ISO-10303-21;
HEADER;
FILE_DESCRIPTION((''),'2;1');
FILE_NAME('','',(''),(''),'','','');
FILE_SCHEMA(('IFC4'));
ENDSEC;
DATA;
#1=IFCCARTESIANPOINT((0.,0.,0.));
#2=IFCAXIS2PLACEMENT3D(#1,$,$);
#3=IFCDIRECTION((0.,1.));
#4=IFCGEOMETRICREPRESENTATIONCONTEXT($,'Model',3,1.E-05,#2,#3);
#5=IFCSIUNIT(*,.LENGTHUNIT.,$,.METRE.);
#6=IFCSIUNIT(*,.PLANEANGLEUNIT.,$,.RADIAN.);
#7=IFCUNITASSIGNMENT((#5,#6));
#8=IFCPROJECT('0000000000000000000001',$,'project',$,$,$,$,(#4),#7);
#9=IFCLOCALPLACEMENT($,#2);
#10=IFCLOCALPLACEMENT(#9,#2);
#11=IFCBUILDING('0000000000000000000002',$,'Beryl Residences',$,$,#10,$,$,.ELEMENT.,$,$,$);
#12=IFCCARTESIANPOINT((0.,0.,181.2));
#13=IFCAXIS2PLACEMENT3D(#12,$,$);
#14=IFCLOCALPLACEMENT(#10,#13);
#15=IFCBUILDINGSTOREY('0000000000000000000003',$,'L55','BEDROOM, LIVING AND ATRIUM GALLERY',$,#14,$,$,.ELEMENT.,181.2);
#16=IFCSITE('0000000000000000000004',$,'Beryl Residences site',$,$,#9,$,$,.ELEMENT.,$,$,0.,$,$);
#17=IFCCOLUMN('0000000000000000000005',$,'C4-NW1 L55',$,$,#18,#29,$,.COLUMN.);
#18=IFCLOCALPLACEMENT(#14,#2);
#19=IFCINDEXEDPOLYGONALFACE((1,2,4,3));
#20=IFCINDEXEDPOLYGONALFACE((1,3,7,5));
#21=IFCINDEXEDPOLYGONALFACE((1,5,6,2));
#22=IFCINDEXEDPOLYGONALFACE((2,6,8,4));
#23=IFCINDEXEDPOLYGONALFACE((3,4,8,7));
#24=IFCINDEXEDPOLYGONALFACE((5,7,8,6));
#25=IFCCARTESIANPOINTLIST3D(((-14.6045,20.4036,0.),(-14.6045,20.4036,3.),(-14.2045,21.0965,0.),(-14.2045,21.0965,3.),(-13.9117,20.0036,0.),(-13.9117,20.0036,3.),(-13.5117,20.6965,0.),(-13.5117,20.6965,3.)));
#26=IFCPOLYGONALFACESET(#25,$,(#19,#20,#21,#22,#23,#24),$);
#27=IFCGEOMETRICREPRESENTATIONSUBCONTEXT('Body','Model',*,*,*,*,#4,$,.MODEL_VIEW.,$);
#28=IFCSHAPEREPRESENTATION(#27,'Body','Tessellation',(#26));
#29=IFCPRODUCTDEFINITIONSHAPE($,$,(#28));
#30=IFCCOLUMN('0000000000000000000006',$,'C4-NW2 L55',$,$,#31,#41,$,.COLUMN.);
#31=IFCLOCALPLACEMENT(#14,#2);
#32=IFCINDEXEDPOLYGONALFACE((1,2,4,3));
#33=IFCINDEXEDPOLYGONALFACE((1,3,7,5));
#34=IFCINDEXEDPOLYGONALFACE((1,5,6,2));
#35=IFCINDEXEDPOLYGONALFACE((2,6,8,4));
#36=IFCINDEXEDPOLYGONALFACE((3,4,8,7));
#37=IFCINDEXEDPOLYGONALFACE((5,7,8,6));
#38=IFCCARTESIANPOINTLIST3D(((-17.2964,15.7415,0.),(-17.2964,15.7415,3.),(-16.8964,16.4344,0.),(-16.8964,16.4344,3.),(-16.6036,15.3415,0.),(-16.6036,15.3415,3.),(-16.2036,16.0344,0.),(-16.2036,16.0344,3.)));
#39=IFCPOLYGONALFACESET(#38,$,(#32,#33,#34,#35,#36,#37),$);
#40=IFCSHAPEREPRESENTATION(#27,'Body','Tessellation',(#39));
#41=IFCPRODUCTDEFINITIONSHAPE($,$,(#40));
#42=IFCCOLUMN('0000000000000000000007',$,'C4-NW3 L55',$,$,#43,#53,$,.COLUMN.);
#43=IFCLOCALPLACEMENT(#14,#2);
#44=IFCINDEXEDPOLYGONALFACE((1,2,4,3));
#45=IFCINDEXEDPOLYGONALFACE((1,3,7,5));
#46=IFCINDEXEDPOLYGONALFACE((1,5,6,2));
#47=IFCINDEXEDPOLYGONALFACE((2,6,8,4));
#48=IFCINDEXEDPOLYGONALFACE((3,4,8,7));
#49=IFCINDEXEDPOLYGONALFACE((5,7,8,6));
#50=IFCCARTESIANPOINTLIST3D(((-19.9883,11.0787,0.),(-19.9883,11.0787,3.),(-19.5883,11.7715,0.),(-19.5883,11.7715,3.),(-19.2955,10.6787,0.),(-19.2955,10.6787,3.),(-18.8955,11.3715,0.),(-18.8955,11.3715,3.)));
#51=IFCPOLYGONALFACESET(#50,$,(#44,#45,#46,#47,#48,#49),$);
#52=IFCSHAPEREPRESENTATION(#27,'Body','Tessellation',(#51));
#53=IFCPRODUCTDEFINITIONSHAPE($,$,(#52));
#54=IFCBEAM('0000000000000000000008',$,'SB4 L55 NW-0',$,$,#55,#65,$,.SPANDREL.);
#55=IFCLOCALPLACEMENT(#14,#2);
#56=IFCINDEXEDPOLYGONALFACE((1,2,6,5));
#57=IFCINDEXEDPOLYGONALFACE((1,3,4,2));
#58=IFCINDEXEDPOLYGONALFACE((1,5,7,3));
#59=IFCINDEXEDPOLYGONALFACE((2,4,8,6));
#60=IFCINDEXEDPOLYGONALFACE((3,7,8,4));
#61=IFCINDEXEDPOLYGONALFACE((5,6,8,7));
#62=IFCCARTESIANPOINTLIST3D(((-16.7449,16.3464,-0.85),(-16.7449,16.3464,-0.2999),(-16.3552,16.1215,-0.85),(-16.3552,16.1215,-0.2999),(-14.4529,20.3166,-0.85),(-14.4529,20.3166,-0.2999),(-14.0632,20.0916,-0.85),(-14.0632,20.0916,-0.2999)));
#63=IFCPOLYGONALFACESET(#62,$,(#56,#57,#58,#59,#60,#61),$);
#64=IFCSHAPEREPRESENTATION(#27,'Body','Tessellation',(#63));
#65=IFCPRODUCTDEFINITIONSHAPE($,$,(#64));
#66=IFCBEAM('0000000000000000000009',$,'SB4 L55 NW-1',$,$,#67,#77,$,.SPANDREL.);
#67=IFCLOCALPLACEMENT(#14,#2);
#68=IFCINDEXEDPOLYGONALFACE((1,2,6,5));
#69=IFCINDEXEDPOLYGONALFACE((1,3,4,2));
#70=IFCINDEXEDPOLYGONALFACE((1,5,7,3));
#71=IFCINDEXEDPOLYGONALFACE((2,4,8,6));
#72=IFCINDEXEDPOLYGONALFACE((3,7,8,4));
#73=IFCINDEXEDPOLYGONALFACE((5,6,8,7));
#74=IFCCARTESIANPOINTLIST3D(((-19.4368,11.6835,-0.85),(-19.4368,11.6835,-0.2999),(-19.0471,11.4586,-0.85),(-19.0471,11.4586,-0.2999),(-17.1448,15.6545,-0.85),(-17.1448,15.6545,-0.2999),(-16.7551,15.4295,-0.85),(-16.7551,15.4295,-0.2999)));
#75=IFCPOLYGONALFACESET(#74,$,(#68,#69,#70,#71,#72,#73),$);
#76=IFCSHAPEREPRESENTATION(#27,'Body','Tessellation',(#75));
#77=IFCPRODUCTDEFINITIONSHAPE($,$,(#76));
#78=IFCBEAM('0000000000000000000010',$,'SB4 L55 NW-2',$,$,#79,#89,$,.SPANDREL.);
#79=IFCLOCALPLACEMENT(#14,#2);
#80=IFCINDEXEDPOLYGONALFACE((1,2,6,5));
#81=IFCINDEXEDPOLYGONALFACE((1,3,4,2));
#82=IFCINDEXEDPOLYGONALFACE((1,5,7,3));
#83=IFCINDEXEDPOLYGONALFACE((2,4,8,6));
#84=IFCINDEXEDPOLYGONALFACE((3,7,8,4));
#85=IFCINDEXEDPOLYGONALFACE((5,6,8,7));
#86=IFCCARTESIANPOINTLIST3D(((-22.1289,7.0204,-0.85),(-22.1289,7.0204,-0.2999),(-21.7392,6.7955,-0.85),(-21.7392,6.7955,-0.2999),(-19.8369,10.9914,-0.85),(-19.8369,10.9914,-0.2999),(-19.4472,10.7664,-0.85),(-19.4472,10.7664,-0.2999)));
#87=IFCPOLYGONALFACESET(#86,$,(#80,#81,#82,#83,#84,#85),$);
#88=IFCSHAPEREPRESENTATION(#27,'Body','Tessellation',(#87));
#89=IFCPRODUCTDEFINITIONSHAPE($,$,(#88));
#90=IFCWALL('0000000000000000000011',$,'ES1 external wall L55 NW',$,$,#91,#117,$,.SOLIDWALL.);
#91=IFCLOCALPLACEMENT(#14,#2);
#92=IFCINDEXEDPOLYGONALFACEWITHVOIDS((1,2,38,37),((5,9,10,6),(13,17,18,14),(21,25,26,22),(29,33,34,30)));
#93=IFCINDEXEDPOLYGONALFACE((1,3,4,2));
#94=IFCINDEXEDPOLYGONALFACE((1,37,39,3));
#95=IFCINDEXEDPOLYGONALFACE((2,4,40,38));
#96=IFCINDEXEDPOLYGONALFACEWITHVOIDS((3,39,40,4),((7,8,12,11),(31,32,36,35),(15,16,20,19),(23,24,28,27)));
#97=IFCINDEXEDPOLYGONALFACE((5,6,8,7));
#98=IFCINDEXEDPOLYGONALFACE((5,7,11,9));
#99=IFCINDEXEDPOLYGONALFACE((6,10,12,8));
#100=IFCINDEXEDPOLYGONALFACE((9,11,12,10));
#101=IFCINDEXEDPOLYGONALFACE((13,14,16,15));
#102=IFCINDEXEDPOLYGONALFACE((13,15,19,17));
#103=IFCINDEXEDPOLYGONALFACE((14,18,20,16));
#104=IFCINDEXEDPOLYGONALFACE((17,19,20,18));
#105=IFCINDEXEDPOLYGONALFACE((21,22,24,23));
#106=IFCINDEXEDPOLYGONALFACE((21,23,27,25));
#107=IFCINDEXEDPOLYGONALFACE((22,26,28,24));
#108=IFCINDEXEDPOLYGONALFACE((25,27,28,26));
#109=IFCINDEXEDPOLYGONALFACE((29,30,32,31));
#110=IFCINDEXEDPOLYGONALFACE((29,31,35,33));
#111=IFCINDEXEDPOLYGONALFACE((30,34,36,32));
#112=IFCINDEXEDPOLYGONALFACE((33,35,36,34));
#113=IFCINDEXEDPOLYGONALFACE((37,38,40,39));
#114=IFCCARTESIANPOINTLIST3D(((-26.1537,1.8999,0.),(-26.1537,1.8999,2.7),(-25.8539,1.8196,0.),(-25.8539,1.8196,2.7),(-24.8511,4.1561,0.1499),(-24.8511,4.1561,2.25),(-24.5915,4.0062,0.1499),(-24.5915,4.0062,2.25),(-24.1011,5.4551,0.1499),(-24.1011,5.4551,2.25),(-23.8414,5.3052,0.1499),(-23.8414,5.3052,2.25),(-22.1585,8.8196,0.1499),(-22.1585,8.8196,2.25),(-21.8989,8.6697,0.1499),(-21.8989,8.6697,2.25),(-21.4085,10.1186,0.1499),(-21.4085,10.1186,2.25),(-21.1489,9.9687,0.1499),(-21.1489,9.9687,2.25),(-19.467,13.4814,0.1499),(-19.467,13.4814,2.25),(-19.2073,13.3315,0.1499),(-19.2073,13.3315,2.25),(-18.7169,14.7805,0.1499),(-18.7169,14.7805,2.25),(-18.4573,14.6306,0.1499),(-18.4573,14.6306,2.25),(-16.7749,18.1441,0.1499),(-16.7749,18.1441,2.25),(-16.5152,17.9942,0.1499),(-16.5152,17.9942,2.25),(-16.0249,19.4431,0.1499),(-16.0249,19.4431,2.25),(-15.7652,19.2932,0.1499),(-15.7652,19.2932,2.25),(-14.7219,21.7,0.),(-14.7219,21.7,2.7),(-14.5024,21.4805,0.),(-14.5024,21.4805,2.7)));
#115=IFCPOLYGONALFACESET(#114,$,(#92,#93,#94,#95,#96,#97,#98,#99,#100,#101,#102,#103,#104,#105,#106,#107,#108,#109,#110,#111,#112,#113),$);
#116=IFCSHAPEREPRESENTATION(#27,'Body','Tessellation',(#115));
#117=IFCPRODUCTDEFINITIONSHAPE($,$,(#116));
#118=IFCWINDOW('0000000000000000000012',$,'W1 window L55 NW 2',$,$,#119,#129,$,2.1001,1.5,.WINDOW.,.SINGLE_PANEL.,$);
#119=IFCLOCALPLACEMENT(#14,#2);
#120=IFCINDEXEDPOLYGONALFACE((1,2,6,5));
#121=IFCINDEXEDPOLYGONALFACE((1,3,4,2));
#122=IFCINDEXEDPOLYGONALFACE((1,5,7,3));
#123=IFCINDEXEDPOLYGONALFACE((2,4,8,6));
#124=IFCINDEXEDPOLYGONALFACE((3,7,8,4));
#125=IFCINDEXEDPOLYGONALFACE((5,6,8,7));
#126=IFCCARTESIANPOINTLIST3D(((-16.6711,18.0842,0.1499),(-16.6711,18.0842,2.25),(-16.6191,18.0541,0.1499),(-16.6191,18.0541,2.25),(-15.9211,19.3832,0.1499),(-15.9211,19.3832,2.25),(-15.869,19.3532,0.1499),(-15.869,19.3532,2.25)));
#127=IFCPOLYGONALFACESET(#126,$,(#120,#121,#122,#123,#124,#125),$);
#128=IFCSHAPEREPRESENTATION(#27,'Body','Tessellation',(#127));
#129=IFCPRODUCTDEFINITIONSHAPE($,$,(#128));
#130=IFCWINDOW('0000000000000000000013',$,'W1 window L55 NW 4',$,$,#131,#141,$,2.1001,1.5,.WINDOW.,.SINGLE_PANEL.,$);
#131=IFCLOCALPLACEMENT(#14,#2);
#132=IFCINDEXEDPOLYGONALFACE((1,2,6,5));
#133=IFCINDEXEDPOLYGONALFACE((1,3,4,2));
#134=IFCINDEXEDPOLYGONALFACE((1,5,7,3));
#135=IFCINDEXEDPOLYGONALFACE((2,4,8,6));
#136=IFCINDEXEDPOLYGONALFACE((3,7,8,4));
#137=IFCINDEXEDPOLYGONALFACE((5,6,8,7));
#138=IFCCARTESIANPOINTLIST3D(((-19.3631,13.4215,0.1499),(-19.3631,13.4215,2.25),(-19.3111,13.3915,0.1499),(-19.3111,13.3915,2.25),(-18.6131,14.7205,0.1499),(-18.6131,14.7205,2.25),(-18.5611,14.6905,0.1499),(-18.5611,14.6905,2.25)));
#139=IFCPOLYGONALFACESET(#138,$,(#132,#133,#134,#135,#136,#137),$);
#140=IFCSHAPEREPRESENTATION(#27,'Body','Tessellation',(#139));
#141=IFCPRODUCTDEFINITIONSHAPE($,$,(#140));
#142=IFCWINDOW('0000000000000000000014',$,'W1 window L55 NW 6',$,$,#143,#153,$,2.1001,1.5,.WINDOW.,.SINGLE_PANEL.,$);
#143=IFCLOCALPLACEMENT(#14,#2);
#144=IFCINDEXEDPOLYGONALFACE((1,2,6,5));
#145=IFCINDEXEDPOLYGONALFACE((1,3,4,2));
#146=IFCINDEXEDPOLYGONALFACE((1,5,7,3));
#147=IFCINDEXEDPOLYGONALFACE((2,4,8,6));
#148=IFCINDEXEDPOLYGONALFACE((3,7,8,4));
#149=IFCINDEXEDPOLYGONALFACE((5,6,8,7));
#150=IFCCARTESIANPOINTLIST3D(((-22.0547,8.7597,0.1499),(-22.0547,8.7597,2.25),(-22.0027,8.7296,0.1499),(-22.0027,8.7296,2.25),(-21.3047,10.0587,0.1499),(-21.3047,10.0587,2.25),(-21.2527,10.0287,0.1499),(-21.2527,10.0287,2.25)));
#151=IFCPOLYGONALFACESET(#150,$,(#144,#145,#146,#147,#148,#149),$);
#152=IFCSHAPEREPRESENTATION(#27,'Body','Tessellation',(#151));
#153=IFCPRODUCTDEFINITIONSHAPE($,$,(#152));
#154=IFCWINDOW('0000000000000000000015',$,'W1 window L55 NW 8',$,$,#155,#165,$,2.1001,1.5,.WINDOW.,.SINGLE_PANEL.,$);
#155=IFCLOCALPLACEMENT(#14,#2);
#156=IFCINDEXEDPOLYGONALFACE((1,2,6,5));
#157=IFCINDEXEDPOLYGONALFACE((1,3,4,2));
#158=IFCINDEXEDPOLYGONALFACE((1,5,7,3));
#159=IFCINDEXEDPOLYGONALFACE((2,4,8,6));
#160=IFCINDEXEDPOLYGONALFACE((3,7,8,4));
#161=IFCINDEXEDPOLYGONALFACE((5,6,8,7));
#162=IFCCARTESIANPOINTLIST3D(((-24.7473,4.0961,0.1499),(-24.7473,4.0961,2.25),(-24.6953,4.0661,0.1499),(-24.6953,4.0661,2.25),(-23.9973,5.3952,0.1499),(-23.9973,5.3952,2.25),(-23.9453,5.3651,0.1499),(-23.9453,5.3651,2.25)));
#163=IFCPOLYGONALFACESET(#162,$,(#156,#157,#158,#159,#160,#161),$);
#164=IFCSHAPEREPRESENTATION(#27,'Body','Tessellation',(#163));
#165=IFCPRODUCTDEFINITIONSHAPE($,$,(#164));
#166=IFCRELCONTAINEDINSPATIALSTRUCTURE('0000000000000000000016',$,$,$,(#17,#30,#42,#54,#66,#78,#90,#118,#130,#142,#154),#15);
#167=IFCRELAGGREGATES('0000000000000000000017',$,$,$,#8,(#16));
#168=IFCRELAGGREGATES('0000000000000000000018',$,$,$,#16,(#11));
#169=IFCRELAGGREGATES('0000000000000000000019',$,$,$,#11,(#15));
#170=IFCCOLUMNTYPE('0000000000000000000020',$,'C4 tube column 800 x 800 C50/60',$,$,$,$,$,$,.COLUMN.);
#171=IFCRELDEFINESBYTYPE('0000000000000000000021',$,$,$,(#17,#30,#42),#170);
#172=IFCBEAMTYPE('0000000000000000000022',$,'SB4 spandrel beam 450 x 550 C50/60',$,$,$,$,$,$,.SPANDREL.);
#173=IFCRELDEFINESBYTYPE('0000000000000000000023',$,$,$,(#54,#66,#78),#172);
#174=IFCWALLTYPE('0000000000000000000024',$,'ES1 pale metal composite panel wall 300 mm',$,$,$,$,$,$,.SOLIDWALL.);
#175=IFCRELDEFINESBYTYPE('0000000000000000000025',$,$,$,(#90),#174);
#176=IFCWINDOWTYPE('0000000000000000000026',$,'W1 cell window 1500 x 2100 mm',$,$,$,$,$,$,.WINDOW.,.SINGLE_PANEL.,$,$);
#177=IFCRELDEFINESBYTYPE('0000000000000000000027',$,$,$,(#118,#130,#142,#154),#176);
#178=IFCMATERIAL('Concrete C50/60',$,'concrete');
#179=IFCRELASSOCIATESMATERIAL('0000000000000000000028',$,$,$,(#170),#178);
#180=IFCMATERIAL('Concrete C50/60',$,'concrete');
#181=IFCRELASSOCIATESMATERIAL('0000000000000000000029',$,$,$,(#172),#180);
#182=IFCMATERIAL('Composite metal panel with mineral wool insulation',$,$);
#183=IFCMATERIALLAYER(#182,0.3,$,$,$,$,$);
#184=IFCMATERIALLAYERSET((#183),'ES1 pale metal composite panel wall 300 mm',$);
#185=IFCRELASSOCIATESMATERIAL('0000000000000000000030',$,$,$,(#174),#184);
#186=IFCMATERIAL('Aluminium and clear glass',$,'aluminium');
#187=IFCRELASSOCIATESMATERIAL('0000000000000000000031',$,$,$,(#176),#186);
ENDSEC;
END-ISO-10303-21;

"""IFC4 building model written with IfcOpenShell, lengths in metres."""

from ifc_helpers import new_model, si_unit, direction, frame, frame_2d, origin, origin_2d, place, context, subcontext, project, spatial, polyline, rectangle, outline, extrude, material, layer, layer_set, material_profile, profile_set, type_object, element, fill, save


model = new_model("IFC4")

# Units and contexts
model_context = context("Model", 3, precision=1e-05, world=origin(), true_north=direction((0.0, 1.0)))
body_context = subcontext(model_context, "Body", "Model", "MODEL_VIEW")
ifc_project = project(units=[si_unit("LENGTHUNIT", "METRE"), si_unit("PLANEANGLEUNIT", "RADIAN")], contexts=[model_context])

# Site, building, storey
site_placement = place(None, origin())
site = spatial("IfcSite", under=ifc_project, at=site_placement, Name="Beryl Residences site", CompositionType="ELEMENT", RefElevation=0.0)
building_placement = place(site_placement, origin())
building = spatial("IfcBuilding", under=site, at=building_placement, Name="Beryl Residences", CompositionType="ELEMENT")
storey_placement = place(building_placement, frame((0.0, 0.0, 181.2)))
storey = spatial("IfcBuildingStorey", under=building, at=storey_placement, Name="L55", Description="BEDROOM, LIVING AND ATRIUM GALLERY", CompositionType="ELEMENT", Elevation=181.2)

# Columns
ifc_material_1 = material(Name="Concrete C50/60", Category="concrete")
ifc_material_profile_1 = material_profile(ifc_material_1, rectangle(XDim=0.8, YDim=0.8, at=origin_2d()))
ifc_profile_set_1 = profile_set([ifc_material_profile_1], Name="Concrete C50/60")
column_type = type_object("IfcColumnType", Name="C4 tube column 800 x 800 C50/60", PredefinedType="COLUMN", material=ifc_profile_set_1)
for number, where, z_axis, x_axis, name in (
    (1, (-14.0581, 20.55, 0.0), (0.0, 0.0, 1.0), (-0.5, -0.866025, 0.0), "C4-NW1 L55"),
    (2, (-16.75, 15.8879, 0.0), (0.0, 0.0, 1.0), (-0.5, -0.866025, 0.0), "C4-NW2 L55"),
    (3, (-19.4419, 11.2251, 0.0), (0.0, 0.0, 1.0), (-0.5, -0.866025, 0.0), "C4-NW3 L55"),
):
    element("IfcColumn", number, at=place(storey_placement, frame(where, z_axis=z_axis, x_axis=x_axis)), inside=storey, type_object=column_type, Name=name, PredefinedType="COLUMN", context=body_context, shape_type="SweptSolid", body=[
        extrude(rectangle(XDim=0.8, YDim=0.8, at=origin_2d()), origin(), (0.0, 0.0, 1.0), 3.0),
    ])

# Beams
ifc_material_2 = material(Name="Concrete C50/60", Category="concrete")
ifc_material_profile_2 = material_profile(ifc_material_2, rectangle(XDim=0.45, YDim=0.55, at=origin_2d()))
ifc_profile_set_2 = profile_set([ifc_material_profile_2], Name="Concrete C50/60")
beam_type = type_object("IfcBeamType", Name="SB4 spandrel beam 450 x 550 C50/60", PredefinedType="SPANDREL", material=ifc_profile_set_2)
beam_placement = place(storey_placement, frame((-14.2581, 20.2041, -0.575), z_axis=(-0.499965, -0.866045, 0.0), x_axis=(0.866045, -0.499965, 0.0)))
element("IfcBeam", 4, at=beam_placement, inside=storey, type_object=beam_type, Name="SB4 L55 NW-0", PredefinedType="SPANDREL", context=body_context, shape_type="SweptSolid", body=[
    extrude(rectangle(XDim=0.45, YDim=0.55, at=origin_2d()), origin(), (0.0, 0.0, 1.0), 4.5842),
])
for number, where, z_axis, x_axis, name in (
    (5, (-16.95, 15.542, -0.575), (-0.499896, -0.866085, 0.0), (0.866085, -0.499896, 0.0), "SB4 L55 NW-1"),
    (6, (-19.6421, 10.8789, -0.575), (-0.499896, -0.866085, 0.0), (0.866085, -0.499896, 0.0), "SB4 L55 NW-2"),
):
    element("IfcBeam", number, at=place(storey_placement, frame(where, z_axis=z_axis, x_axis=x_axis)), inside=storey, type_object=beam_type, Name=name, PredefinedType="SPANDREL", context=body_context, shape_type="SweptSolid", body=[
        extrude(rectangle(XDim=0.45, YDim=0.55, at=origin_2d()), origin(), (0.0, 0.0, 1.0), 4.585),
    ])

# Wall, openings, windows
ifc_material_3 = material(Name="Composite metal panel with mineral wool insulation")
ifc_layer_1 = layer(ifc_material_3, 0.3)
ifc_layer_set_1 = layer_set([ifc_layer_1], Name="ES1 pale metal composite panel wall 300 mm")
wall_type_1 = type_object("IfcWallType", Name="ES1 pale metal composite panel wall 300 mm", PredefinedType="SOLIDWALL", material=ifc_layer_set_1)
wall_1_placement = place(storey_placement, frame((-14.592, 21.625, 0.0), z_axis=(0.0, 0.0, 1.0), x_axis=(-0.500011, -0.866019, 0.0)))
wall_1 = element("IfcWall", 7, at=wall_1_placement, inside=storey, type_object=wall_type_1, Name="ES1 external wall L55 NW", PredefinedType="SOLIDWALL", context=body_context, shape_type="SweptSolid", body=[
    extrude(outline(polyline([(0.0, -0.1499), (22.8633, -0.1499), (22.783, 0.1499), (0.0803, 0.1499), (0.0, -0.1499)])), origin(), (0.0, 0.0, 1.0), 2.7),
])
opening_1_placement = place(wall_1_placement, frame((2.606, 0.0, 0.1499)))
opening_1 = element("IfcOpeningElement", 8, at=opening_1_placement, cuts=wall_1, PredefinedType="OPENING", context=body_context, shape_type="SweptSolid", body=[
    extrude(rectangle(XDim=1.5, YDim=2.1001, at=frame_2d((0.75, 1.05))), frame((0.0, 0.1599, 0.0), z_axis=(0.0, -1.0, 0.0), x_axis=(1.0, 0.0, 0.0)), (0.0, 0.0, 1.0), 0.3201),
])
opening_2_placement = place(wall_1_placement, frame((7.99, 0.0, 0.1499)))
opening_2 = element("IfcOpeningElement", 9, at=opening_2_placement, cuts=wall_1, PredefinedType="OPENING", context=body_context, shape_type="SweptSolid", body=[
    extrude(rectangle(XDim=1.5, YDim=2.1001, at=frame_2d((0.75, 1.05))), frame((0.0, 0.1599, 0.0), z_axis=(0.0, -1.0, 0.0), x_axis=(1.0, 0.0, 0.0)), (0.0, 0.0, 1.0), 0.3201),
])
opening_3_placement = place(wall_1_placement, frame((13.373, 0.0, 0.1499)))
opening_3 = element("IfcOpeningElement", 10, at=opening_3_placement, cuts=wall_1, PredefinedType="OPENING", context=body_context, shape_type="SweptSolid", body=[
    extrude(rectangle(XDim=1.5, YDim=2.1001, at=frame_2d((0.75, 1.05))), frame((0.0, 0.1599, 0.0), z_axis=(0.0, -1.0, 0.0), x_axis=(1.0, 0.0, 0.0)), (0.0, 0.0, 1.0), 0.3201),
])
opening_4_placement = place(wall_1_placement, frame((18.7581, 0.0, 0.1499)))
opening_4 = element("IfcOpeningElement", 11, at=opening_4_placement, cuts=wall_1, PredefinedType="OPENING", context=body_context, shape_type="SweptSolid", body=[
    extrude(rectangle(XDim=1.5, YDim=2.1001, at=frame_2d((0.75, 1.05))), frame((0.0, 0.1599, 0.0), z_axis=(0.0, -1.0, 0.0), x_axis=(1.0, 0.0, 0.0)), (0.0, 0.0, 1.0), 0.3201),
])
ifc_material_4 = material(Name="Aluminium and clear glass", Category="aluminium")
window_type = type_object("IfcWindowType", Name="W1 cell window 1500 x 2100 mm", PartitioningType="SINGLE_PANEL", PredefinedType="WINDOW", material=ifc_material_4)
window_1_placement = place(opening_1_placement, origin())
window_1 = element("IfcWindow", 12, at=window_1_placement, inside=storey, type_object=window_type, Name="W1 window L55 NW 2", OverallHeight=2.1001, OverallWidth=1.5, PartitioningType="SINGLE_PANEL", PredefinedType="WINDOW", context=body_context, shape_type="SweptSolid", body=[
    extrude(rectangle(XDim=1.5, YDim=2.1001, at=frame_2d((0.75, 1.05))), frame((0.0, 0.03, 0.0), z_axis=(0.0, -1.0, 0.0), x_axis=(1.0, 0.0, 0.0)), (0.0, 0.0, 1.0), 0.0601),
])
fill(opening_1, window_1)
window_2_placement = place(opening_2_placement, origin())
window_2 = element("IfcWindow", 13, at=window_2_placement, inside=storey, type_object=window_type, Name="W1 window L55 NW 4", OverallHeight=2.1001, OverallWidth=1.5, PartitioningType="SINGLE_PANEL", PredefinedType="WINDOW", context=body_context, shape_type="SweptSolid", body=[
    extrude(rectangle(XDim=1.5, YDim=2.1001, at=frame_2d((0.75, 1.05))), frame((0.0, 0.03, 0.0), z_axis=(0.0, -1.0, 0.0), x_axis=(1.0, 0.0, 0.0)), (0.0, 0.0, 1.0), 0.0601),
])
fill(opening_2, window_2)
window_3_placement = place(opening_3_placement, origin())
window_3 = element("IfcWindow", 14, at=window_3_placement, inside=storey, type_object=window_type, Name="W1 window L55 NW 6", OverallHeight=2.1001, OverallWidth=1.5, PartitioningType="SINGLE_PANEL", PredefinedType="WINDOW", context=body_context, shape_type="SweptSolid", body=[
    extrude(rectangle(XDim=1.5, YDim=2.1001, at=frame_2d((0.75, 1.05))), frame((0.0, 0.03, 0.0), z_axis=(0.0, -1.0, 0.0), x_axis=(1.0, 0.0, 0.0)), (0.0, 0.0, 1.0), 0.0601),
])
fill(opening_3, window_3)
window_4_placement = place(opening_4_placement, origin())
window_4 = element("IfcWindow", 15, at=window_4_placement, inside=storey, type_object=window_type, Name="W1 window L55 NW 8", OverallHeight=2.1001, OverallWidth=1.5, PartitioningType="SINGLE_PANEL", PredefinedType="WINDOW", context=body_context, shape_type="SweptSolid", body=[
    extrude(rectangle(XDim=1.5, YDim=2.1001, at=frame_2d((0.75, 1.05))), frame((0.0, 0.03, 0.0), z_axis=(0.0, -1.0, 0.0), x_axis=(1.0, 0.0, 0.0)), (0.0, 0.0, 1.0), 0.0601),
])
fill(opening_4, window_4)

save(model, "model.ifc")
